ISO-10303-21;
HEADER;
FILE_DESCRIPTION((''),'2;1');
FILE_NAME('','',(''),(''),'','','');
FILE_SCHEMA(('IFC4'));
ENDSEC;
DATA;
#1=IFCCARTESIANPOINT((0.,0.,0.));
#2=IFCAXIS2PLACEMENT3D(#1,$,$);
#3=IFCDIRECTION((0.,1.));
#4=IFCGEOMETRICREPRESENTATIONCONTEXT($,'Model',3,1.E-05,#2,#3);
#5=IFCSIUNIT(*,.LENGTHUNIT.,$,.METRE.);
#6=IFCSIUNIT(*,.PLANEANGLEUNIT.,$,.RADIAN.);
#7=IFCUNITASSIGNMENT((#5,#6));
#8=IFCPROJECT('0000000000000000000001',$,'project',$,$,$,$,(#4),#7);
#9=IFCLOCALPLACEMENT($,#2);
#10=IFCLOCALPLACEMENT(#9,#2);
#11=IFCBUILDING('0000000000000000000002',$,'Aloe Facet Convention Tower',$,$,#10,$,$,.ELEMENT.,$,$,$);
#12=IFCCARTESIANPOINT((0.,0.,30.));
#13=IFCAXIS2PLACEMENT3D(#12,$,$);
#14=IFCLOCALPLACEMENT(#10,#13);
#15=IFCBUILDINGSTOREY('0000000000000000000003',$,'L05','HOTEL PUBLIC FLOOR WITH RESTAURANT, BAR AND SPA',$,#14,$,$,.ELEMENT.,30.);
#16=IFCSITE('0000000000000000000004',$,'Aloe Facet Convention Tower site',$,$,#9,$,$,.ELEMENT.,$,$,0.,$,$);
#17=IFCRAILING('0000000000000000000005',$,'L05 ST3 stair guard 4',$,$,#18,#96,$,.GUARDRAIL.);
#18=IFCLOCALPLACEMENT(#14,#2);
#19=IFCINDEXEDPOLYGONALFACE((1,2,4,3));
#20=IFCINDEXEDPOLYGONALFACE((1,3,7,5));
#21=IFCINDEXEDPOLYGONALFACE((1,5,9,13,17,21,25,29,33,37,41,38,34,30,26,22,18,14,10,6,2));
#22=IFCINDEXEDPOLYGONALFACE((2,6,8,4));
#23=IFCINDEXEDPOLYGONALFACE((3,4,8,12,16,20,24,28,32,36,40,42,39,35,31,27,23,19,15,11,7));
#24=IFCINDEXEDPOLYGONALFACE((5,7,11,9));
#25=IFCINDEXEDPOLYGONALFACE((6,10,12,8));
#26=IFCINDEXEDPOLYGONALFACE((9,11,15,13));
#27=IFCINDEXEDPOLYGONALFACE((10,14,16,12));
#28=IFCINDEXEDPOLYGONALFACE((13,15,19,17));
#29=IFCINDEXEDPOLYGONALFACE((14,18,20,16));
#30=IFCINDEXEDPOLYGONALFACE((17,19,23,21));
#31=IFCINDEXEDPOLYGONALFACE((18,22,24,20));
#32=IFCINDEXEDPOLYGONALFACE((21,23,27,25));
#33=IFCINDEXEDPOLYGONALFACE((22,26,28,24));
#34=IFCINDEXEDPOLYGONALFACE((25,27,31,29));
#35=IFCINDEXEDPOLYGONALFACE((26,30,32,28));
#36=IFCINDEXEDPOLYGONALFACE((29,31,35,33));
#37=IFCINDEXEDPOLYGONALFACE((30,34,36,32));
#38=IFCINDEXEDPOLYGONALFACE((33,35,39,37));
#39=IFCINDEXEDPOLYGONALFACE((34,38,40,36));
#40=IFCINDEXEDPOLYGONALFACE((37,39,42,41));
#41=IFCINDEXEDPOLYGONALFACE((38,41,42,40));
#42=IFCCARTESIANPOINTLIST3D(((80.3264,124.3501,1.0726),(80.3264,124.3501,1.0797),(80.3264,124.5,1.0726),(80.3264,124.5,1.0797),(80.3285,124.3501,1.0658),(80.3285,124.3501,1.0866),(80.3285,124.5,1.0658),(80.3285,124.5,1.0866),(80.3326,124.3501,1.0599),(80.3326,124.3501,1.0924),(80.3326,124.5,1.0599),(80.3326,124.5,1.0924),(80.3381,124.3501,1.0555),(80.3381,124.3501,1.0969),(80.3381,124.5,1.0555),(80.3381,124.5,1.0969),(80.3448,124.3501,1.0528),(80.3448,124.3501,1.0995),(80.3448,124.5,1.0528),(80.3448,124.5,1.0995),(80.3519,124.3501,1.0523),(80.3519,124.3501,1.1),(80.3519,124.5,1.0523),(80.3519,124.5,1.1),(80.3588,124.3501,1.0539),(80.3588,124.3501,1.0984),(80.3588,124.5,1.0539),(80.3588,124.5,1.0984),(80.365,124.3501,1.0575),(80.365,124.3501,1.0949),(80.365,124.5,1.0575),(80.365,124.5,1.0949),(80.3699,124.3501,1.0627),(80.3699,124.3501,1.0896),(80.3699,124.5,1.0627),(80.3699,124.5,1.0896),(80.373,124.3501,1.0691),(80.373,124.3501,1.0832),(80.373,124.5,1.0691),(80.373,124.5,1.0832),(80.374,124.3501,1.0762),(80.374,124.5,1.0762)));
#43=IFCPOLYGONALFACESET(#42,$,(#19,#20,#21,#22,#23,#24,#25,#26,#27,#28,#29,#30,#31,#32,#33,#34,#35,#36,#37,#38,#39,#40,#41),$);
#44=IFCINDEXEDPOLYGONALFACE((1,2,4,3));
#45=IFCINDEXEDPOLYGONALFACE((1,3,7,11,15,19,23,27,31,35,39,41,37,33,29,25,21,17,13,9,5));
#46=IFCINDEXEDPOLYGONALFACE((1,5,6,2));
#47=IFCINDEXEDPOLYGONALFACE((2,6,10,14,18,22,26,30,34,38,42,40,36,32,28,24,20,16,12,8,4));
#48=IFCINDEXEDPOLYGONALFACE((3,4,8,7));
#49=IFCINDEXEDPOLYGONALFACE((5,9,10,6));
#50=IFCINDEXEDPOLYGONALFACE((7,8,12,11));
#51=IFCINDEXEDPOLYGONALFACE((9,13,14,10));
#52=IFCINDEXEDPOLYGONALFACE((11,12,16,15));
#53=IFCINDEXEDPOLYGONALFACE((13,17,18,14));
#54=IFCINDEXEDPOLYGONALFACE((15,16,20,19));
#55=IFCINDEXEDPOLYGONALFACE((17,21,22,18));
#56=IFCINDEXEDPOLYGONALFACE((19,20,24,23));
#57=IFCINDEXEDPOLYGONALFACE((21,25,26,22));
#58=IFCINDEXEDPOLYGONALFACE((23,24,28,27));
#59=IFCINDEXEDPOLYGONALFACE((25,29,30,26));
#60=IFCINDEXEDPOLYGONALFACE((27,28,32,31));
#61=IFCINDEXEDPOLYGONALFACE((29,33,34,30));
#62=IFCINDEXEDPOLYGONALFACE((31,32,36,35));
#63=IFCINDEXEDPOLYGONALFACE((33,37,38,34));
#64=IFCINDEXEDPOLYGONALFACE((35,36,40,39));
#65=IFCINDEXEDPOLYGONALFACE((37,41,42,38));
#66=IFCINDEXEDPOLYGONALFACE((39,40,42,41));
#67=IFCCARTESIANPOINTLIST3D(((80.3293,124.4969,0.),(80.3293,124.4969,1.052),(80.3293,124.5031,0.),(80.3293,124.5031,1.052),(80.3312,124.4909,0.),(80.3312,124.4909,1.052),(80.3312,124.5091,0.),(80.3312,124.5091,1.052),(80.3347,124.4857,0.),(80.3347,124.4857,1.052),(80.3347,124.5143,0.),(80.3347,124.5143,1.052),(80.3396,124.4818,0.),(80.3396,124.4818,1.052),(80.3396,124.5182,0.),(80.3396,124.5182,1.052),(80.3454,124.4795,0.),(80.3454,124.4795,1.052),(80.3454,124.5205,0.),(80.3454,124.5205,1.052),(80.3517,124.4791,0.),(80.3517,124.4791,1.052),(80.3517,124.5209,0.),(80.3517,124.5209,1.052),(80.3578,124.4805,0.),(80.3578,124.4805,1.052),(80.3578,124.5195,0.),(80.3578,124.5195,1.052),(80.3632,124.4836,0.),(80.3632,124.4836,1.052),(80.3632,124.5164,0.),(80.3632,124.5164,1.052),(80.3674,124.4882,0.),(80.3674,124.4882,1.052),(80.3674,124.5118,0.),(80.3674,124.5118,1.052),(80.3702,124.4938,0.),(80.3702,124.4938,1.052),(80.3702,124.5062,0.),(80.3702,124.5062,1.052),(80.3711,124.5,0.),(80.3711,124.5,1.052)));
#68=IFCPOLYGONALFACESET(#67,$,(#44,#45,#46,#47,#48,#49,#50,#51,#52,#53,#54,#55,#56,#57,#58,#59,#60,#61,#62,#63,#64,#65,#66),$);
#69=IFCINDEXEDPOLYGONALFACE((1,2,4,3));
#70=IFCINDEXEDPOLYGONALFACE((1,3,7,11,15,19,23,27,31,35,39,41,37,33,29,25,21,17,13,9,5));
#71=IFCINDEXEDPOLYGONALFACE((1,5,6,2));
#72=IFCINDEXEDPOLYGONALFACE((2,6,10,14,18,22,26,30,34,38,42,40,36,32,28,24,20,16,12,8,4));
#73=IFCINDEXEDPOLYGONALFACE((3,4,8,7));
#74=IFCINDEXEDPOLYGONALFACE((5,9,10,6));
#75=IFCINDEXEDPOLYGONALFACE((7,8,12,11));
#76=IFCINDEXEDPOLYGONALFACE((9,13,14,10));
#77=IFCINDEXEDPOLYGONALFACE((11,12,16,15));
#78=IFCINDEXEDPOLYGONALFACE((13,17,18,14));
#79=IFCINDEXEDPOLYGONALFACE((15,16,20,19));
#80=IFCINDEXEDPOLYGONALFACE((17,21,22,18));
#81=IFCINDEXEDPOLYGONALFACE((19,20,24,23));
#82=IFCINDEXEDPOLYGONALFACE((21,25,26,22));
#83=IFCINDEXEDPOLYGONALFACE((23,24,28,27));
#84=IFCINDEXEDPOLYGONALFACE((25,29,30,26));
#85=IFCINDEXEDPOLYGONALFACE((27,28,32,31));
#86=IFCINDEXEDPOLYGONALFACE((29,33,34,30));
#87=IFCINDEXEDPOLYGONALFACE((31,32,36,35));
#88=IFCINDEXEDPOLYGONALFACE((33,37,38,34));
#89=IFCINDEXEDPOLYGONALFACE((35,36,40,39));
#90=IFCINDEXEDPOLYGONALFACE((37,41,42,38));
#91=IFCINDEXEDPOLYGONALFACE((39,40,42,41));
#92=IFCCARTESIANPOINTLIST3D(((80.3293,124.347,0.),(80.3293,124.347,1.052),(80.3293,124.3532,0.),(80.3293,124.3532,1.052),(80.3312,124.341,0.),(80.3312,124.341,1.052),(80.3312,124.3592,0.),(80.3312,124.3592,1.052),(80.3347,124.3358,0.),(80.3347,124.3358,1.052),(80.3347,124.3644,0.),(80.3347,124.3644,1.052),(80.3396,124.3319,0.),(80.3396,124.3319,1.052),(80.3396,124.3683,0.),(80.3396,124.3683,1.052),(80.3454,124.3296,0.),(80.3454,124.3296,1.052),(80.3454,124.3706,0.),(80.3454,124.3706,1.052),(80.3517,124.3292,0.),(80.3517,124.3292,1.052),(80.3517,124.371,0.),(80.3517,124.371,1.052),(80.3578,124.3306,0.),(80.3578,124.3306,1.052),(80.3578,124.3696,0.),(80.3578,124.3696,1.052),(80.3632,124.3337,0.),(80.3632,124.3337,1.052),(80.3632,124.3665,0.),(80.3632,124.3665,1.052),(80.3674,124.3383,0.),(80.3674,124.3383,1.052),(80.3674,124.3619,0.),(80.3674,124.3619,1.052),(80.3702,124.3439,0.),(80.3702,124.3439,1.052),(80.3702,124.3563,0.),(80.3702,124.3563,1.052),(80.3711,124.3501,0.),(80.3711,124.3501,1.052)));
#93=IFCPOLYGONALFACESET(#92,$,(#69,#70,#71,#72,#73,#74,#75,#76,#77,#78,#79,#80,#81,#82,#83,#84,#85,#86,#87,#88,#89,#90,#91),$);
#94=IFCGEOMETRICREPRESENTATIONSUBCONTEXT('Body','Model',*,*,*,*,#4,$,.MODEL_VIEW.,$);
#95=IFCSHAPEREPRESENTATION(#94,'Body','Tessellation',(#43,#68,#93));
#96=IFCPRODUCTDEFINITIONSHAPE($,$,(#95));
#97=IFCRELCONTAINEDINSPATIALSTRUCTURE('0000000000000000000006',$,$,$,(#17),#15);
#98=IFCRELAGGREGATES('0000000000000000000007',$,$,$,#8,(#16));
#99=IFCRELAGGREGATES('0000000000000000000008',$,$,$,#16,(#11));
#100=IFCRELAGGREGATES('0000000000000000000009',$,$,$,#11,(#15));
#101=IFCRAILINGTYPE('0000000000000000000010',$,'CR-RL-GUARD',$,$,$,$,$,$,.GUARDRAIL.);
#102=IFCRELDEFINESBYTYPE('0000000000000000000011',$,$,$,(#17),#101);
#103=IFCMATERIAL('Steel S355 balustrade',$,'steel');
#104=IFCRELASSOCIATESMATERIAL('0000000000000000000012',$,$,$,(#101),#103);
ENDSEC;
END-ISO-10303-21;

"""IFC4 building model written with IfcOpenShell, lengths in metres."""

from ifc_helpers import new_model, si_unit, direction, frame, origin, origin_2d, place, context, subcontext, project, spatial, circle, extrude, material, type_object, element, save


model = new_model("IFC4")

# Units and contexts
model_context = context("Model", 3, precision=1e-05, world=origin(), true_north=direction((0.0, 1.0)))
body_context = subcontext(model_context, "Body", "Model", "MODEL_VIEW")
ifc_project = project(units=[si_unit("LENGTHUNIT", "METRE"), si_unit("PLANEANGLEUNIT", "RADIAN")], contexts=[model_context])

# Site, building, storey
site_placement = place(None, origin())
site = spatial("IfcSite", under=ifc_project, at=site_placement, Name="Aloe Facet Convention Tower site", CompositionType="ELEMENT", RefElevation=0.0)
building_placement = place(site_placement, origin())
building = spatial("IfcBuilding", under=site, at=building_placement, Name="Aloe Facet Convention Tower", CompositionType="ELEMENT")
storey_placement = place(building_placement, frame((0.0, 0.0, 30.0)))
storey = spatial("IfcBuildingStorey", under=building, at=storey_placement, Name="L05", Description="HOTEL PUBLIC FLOOR WITH RESTAURANT, BAR AND SPA", CompositionType="ELEMENT", Elevation=30.0)

# Railing
ifc_material_1 = material(Name="Steel S355 balustrade", Category="steel")
railing_type_1 = type_object("IfcRailingType", Name="CR-RL-GUARD", PredefinedType="GUARDRAIL", material=ifc_material_1)
railing_1_placement = place(storey_placement, frame((80.3501, 124.5, 0.0)))
element("IfcRailing", 1, at=railing_1_placement, inside=storey, type_object=railing_type_1, Name="L05 ST3 stair guard 4", PredefinedType="GUARDRAIL", context=body_context, shape_type="SweptSolid", body=[
    extrude(circle(Radius=0.0239, at=origin_2d()), frame((0.0, 0.0, 1.0762), z_axis=(0.0, -1.0, 0.0), x_axis=(1.0, 0.0, 0.0)), (0.0, 0.0, 1.0), 0.1499),
    extrude(circle(Radius=0.021, at=origin_2d()), origin(), (0.0, 0.0, 1.0), 1.052),
    extrude(circle(Radius=0.021, at=origin_2d()), frame((0.0, -0.1499, 0.0)), (0.0, 0.0, 1.0), 1.052),
])

save(model, "model.ifc")
